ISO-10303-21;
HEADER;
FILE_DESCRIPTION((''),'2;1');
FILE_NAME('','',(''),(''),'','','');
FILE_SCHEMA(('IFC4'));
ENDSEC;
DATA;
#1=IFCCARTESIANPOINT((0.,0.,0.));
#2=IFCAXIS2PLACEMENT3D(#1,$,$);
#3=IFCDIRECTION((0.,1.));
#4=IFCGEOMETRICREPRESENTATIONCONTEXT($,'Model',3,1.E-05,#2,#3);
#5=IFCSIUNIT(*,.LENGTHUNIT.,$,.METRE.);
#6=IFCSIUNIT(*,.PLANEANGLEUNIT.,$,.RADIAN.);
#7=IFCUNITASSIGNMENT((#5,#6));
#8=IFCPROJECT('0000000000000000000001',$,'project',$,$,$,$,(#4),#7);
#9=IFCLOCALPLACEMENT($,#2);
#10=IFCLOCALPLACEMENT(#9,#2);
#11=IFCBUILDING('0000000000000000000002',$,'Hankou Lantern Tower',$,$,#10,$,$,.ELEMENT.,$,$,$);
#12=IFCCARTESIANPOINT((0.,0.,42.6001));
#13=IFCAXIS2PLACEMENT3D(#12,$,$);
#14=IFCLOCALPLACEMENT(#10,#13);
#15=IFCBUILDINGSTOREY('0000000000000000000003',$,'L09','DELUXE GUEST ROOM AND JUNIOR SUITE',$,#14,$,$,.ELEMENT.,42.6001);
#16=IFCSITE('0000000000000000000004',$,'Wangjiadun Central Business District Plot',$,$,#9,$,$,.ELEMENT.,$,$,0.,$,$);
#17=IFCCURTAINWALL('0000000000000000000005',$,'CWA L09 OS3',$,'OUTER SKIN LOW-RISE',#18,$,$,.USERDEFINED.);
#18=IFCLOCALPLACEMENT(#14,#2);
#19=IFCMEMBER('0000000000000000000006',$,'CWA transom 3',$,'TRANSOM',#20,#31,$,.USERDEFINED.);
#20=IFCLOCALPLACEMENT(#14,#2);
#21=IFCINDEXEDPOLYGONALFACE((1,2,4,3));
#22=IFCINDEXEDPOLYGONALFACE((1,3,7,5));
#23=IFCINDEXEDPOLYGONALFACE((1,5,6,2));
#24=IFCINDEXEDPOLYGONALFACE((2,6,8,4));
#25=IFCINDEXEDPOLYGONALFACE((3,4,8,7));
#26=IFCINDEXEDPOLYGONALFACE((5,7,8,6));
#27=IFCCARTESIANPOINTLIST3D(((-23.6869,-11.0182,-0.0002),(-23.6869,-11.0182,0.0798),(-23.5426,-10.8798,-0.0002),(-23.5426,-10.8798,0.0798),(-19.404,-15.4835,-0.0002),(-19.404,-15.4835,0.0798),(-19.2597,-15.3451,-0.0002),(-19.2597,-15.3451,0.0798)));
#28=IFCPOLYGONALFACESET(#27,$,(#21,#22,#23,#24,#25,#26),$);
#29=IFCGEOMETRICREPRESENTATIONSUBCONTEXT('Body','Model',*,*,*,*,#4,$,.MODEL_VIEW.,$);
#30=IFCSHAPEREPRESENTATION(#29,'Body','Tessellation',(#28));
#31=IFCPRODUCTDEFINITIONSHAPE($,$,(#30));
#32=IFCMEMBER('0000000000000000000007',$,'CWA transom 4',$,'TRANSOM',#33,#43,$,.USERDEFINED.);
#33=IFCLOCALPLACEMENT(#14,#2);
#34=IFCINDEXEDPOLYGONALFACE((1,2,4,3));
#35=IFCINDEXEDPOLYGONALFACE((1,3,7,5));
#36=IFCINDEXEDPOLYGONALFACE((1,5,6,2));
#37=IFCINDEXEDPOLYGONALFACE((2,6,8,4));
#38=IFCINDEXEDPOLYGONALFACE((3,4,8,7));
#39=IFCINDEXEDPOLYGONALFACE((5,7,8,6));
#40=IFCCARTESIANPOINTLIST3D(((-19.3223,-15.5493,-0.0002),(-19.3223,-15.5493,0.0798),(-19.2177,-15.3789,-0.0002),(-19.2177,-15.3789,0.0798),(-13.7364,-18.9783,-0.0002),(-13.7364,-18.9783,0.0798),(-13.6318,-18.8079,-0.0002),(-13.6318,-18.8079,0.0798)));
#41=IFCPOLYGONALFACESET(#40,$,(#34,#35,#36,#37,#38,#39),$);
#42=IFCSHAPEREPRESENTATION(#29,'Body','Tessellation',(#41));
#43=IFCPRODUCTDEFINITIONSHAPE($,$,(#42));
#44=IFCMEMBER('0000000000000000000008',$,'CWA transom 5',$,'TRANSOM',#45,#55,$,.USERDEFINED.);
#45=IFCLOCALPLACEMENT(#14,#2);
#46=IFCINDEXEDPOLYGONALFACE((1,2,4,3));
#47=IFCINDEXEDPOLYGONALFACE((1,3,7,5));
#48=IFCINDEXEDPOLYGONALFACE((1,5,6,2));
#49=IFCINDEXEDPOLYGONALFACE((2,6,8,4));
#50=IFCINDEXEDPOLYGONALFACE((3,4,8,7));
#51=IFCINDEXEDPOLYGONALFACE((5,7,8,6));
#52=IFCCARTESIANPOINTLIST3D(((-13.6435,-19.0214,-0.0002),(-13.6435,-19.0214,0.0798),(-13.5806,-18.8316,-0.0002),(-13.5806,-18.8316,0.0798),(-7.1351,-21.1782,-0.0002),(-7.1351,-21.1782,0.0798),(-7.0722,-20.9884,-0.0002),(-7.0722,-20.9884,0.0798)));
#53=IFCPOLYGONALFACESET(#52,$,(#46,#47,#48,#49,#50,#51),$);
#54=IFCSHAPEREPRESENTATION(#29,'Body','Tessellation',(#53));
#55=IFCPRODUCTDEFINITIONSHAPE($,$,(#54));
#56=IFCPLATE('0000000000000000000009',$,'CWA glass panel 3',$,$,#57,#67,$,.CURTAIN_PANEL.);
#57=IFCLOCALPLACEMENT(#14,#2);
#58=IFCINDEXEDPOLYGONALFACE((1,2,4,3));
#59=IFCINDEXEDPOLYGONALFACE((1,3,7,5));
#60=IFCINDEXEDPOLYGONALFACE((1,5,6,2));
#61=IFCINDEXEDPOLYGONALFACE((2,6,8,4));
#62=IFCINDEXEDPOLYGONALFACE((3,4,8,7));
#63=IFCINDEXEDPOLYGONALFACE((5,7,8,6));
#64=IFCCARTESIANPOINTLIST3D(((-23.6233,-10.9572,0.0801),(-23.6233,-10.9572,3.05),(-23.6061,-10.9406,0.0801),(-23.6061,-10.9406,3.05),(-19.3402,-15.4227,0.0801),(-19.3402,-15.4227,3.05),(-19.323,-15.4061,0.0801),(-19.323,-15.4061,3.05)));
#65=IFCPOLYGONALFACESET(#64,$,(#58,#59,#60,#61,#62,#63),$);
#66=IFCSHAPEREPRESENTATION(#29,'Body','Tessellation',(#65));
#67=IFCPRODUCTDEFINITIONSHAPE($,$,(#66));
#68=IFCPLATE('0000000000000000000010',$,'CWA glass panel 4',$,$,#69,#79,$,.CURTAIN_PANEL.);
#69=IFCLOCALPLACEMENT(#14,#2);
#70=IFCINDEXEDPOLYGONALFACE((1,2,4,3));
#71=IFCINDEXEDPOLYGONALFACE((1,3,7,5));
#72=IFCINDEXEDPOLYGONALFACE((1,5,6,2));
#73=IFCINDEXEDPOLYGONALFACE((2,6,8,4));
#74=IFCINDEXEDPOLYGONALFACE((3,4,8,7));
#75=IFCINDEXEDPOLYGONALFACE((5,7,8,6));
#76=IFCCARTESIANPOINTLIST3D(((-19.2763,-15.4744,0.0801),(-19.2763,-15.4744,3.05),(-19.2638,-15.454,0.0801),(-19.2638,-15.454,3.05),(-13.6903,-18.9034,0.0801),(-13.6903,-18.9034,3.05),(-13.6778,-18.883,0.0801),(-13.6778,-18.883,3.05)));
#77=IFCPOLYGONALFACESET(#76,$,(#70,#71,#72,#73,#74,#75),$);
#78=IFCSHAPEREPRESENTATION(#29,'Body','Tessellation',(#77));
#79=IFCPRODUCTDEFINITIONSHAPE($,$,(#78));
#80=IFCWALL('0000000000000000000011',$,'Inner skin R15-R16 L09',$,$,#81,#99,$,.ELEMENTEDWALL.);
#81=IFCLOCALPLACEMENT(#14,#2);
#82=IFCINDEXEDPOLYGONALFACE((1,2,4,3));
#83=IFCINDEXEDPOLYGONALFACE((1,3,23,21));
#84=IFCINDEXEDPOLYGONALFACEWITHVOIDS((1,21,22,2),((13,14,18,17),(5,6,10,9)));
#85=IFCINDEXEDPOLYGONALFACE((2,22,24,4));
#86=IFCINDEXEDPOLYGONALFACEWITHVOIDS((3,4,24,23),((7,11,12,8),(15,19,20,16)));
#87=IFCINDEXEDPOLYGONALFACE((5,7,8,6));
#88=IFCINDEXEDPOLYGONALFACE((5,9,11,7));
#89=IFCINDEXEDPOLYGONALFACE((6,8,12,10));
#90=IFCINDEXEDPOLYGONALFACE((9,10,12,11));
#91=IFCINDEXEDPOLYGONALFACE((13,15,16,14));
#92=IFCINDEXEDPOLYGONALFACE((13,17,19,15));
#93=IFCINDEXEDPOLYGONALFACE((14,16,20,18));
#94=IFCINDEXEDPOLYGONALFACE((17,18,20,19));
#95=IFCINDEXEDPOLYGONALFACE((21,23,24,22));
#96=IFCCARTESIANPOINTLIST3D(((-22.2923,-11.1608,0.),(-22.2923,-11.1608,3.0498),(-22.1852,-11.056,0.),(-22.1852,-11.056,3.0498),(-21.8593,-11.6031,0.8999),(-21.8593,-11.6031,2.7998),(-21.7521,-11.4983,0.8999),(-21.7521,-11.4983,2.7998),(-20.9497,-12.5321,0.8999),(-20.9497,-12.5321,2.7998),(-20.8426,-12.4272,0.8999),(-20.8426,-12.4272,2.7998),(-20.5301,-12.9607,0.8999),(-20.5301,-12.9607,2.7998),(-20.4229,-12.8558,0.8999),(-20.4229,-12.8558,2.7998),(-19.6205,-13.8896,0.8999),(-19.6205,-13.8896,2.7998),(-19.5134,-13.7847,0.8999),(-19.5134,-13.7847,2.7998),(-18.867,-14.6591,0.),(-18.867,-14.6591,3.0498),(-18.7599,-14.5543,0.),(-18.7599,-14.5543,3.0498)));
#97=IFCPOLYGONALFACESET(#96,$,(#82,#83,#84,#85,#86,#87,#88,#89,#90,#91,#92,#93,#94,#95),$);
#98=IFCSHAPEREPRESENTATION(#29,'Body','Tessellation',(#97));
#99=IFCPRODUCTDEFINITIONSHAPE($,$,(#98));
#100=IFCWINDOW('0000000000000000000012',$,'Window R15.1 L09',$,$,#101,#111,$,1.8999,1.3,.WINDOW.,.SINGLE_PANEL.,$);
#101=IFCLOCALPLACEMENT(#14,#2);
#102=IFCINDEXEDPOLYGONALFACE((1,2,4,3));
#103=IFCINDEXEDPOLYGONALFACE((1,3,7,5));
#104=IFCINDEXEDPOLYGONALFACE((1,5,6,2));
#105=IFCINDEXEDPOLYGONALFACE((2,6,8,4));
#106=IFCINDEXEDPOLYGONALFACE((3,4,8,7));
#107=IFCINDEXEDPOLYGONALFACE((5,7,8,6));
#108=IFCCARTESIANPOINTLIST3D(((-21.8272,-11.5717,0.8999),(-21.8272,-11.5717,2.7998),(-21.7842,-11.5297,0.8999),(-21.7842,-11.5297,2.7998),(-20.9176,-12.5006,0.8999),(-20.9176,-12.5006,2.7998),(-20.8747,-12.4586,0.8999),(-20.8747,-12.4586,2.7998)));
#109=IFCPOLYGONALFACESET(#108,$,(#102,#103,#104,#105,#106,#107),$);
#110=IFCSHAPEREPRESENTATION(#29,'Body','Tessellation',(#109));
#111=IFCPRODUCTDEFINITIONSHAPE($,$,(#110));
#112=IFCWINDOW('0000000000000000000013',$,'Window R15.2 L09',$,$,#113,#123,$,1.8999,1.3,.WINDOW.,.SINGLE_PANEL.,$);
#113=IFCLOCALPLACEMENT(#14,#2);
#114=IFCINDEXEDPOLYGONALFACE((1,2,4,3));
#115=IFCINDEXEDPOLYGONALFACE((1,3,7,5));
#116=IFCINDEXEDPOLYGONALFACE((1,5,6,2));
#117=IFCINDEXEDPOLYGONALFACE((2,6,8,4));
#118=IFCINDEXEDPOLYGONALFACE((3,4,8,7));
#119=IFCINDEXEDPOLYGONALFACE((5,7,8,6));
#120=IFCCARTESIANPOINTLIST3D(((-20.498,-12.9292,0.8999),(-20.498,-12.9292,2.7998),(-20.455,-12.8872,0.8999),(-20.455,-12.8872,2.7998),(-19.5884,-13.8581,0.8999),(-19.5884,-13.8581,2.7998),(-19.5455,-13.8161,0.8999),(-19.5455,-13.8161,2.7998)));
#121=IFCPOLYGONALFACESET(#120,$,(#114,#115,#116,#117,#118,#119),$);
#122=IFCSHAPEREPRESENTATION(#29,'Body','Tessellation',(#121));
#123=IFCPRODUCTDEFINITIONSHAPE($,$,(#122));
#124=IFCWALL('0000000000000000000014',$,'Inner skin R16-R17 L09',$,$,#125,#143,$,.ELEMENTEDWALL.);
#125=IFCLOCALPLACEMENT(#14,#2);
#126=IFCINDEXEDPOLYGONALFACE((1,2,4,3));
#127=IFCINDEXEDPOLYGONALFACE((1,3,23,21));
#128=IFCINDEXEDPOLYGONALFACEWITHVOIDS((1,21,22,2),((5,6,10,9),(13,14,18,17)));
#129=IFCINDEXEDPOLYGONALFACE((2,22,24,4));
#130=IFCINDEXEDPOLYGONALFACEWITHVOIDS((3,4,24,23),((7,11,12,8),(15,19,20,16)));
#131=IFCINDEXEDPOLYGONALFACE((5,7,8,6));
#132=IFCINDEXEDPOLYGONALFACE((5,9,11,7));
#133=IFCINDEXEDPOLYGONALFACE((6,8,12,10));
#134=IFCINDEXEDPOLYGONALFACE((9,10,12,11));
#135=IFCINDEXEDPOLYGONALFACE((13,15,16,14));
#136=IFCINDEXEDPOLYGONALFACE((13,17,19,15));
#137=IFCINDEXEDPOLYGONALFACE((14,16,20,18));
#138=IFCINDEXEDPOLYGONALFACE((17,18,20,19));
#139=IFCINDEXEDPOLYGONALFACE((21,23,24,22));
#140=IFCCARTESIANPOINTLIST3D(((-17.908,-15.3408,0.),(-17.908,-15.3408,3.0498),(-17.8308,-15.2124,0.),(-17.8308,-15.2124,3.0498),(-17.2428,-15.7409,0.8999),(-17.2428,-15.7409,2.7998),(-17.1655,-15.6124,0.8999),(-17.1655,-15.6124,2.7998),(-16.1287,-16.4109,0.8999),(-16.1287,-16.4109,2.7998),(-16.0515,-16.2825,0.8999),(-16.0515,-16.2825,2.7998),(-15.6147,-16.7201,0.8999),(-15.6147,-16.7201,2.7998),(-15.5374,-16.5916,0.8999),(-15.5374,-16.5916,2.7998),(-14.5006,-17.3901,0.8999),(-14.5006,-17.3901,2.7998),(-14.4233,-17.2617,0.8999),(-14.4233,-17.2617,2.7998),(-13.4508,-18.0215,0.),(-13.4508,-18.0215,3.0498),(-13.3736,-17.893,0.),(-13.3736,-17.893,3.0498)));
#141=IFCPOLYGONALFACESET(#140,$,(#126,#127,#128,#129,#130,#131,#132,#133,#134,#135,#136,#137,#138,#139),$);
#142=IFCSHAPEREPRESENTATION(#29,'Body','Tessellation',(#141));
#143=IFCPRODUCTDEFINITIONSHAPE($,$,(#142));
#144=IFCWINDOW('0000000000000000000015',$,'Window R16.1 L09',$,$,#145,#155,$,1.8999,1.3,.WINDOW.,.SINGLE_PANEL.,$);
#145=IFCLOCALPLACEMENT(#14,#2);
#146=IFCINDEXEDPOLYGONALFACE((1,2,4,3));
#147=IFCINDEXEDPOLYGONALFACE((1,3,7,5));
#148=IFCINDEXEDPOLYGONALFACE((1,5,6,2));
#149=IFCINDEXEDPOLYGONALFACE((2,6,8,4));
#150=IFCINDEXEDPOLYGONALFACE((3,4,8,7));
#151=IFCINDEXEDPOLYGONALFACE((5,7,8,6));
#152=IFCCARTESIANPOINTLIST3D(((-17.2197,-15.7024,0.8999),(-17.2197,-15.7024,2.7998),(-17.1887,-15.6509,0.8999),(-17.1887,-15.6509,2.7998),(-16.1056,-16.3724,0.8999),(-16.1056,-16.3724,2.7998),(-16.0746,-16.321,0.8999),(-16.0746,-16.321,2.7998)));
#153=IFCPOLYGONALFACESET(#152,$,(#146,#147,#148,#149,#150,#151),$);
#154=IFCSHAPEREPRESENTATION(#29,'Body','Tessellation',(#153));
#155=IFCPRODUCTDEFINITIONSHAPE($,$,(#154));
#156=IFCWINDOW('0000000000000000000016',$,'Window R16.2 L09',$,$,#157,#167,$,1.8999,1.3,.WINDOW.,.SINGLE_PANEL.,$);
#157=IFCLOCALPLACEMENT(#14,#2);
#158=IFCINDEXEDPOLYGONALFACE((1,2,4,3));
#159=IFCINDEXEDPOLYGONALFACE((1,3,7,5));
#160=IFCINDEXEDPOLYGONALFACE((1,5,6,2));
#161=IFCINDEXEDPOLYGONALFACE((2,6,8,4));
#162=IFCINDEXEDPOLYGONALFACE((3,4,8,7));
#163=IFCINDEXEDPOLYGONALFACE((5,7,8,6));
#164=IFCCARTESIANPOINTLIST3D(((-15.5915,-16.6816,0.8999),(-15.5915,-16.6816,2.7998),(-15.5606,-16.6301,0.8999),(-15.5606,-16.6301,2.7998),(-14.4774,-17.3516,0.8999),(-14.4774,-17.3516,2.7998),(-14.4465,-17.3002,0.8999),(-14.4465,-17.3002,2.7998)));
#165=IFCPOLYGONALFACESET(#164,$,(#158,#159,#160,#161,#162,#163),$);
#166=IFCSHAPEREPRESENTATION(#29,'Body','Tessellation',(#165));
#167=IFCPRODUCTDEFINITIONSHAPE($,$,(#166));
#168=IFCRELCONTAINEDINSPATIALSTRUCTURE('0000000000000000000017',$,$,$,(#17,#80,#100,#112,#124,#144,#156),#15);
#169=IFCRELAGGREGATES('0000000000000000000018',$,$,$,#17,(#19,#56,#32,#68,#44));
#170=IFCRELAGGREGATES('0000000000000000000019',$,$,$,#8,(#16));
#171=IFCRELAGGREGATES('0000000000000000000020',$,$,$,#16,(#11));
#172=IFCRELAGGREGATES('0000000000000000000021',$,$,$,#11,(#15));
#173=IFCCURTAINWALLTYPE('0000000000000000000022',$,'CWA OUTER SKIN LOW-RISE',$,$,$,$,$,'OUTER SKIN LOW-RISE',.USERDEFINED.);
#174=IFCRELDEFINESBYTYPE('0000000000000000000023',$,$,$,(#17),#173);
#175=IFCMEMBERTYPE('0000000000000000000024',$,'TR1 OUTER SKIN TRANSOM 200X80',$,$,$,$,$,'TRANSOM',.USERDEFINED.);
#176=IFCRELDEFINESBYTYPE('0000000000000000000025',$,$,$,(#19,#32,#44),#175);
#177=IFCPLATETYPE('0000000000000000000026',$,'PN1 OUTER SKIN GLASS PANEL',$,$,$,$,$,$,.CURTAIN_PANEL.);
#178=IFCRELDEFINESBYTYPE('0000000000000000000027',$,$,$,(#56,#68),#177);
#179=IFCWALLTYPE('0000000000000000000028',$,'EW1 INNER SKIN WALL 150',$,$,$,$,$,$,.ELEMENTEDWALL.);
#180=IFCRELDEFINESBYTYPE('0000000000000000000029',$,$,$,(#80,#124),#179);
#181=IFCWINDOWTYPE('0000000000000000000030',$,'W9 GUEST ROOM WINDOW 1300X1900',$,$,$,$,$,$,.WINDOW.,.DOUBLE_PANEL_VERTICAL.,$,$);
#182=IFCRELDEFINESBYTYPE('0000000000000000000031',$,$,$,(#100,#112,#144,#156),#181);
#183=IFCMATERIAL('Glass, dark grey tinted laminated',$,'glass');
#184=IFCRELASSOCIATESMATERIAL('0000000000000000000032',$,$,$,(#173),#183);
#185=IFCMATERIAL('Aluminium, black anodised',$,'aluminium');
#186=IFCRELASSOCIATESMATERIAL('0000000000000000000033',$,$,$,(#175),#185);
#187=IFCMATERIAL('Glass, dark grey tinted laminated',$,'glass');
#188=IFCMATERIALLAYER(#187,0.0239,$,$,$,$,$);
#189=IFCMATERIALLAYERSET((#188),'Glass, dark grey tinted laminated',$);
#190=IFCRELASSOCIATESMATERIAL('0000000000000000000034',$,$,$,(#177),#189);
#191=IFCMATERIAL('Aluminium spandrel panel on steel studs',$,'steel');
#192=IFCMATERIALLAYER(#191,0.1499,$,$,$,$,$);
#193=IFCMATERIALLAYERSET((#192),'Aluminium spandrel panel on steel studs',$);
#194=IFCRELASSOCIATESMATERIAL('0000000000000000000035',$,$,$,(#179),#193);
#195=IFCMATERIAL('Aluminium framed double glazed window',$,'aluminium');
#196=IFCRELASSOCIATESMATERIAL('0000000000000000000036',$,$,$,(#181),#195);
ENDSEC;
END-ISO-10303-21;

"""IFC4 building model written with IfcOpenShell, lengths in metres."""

from ifc_helpers import new_model, si_unit, direction, frame, frame_2d, origin, origin_2d, place, context, subcontext, project, spatial, rectangle, extrude, material, layer, layer_set, material_profile, profile_set, type_object, element, fill, aggregate, save


model = new_model("IFC4")

# Units and contexts
model_context = context("Model", 3, precision=1e-05, world=origin(), true_north=direction((0.0, 1.0)))
body_context = subcontext(model_context, "Body", "Model", "MODEL_VIEW")
ifc_project = project(units=[si_unit("LENGTHUNIT", "METRE"), si_unit("PLANEANGLEUNIT", "RADIAN")], contexts=[model_context])

# Site, building, storey
site_placement = place(None, origin())
site = spatial("IfcSite", under=ifc_project, at=site_placement, Name="Wangjiadun Central Business District Plot", CompositionType="ELEMENT", RefElevation=0.0)
building_placement = place(site_placement, origin())
building = spatial("IfcBuilding", under=site, at=building_placement, Name="Hankou Lantern Tower", CompositionType="ELEMENT")
storey_placement = place(building_placement, frame((0.0, 0.0, 42.6001)))
storey = spatial("IfcBuildingStorey", under=building, at=storey_placement, Name="L09", Description="DELUXE GUEST ROOM AND JUNIOR SUITE", CompositionType="ELEMENT", Elevation=42.6001)

# Curtain wall
ifc_material_1 = material(Name="Glass, dark grey tinted laminated", Category="glass")
curtain_wall_type = type_object("IfcCurtainWallType", Name="CWA OUTER SKIN LOW-RISE", ElementType="OUTER SKIN LOW-RISE", PredefinedType="USERDEFINED", material=ifc_material_1)
curtain_wall_placement = place(storey_placement, origin())
curtain_wall = element("IfcCurtainWall", 1, at=curtain_wall_placement, inside=storey, type_object=curtain_wall_type, Name="CWA L09 OS3", ObjectType="OUTER SKIN LOW-RISE", PredefinedType="USERDEFINED")

# Members
ifc_material_2 = material(Name="Aluminium, black anodised", Category="aluminium")
ifc_material_profile_1 = material_profile(ifc_material_2, rectangle(XDim=0.2, YDim=0.0801, at=origin_2d()), Name="TR1 200X80")
ifc_profile_set_1 = profile_set([ifc_material_profile_1], Name="Aluminium, black anodised")
member_type_1 = type_object("IfcMemberType", Name="TR1 OUTER SKIN TRANSOM 200X80", ElementType="TRANSOM", PredefinedType="USERDEFINED", material=ifc_profile_set_1)
member_1_placement = place(storey_placement, frame((-23.6147, -10.949, 0.0398), z_axis=(0.692216, -0.721691, 0.0), x_axis=(0.721691, 0.692216, 0.0)))
member_1 = element("IfcMember", 2, at=member_1_placement, type_object=member_type_1, Name="CWA transom 3", ObjectType="TRANSOM", PredefinedType="USERDEFINED", context=body_context, shape_type="SweptSolid", body=[
    extrude(rectangle(XDim=0.2, YDim=0.0801, at=origin_2d()), origin(), (0.0, 0.0, 1.0), 6.1873),
])
member_2_placement = place(storey_placement, frame((-19.27, -15.4641, 0.0398), z_axis=(0.85224, -0.523152, 0.0), x_axis=(0.523152, 0.85224, 0.0)))
member_2 = element("IfcMember", 3, at=member_2_placement, type_object=member_type_1, Name="CWA transom 4", ObjectType="TRANSOM", PredefinedType="USERDEFINED", context=body_context, shape_type="SweptSolid", body=[
    extrude(rectangle(XDim=0.2, YDim=0.0801, at=origin_2d()), origin(), (0.0, 0.0, 1.0), 6.5544),
])
member_3_placement = place(storey_placement, frame((-13.6121, -18.9265, 0.0398), z_axis=(0.949237, -0.314561, 0.0), x_axis=(0.314561, 0.949237, 0.0)))
member_3 = element("IfcMember", 4, at=member_3_placement, type_object=member_type_1, Name="CWA transom 5", ObjectType="TRANSOM", PredefinedType="USERDEFINED", context=body_context, shape_type="SweptSolid", body=[
    extrude(rectangle(XDim=0.2, YDim=0.0801, at=origin_2d()), origin(), (0.0, 0.0, 1.0), 6.8564),
])

# Plates
ifc_material_3 = material(Name="Glass, dark grey tinted laminated", Category="glass")
ifc_layer_1 = layer(ifc_material_3, 0.0239)
ifc_layer_set_1 = layer_set([ifc_layer_1], Name="Glass, dark grey tinted laminated")
plate_type = type_object("IfcPlateType", Name="PN1 OUTER SKIN GLASS PANEL", PredefinedType="CURTAIN_PANEL", material=ifc_layer_set_1)
plate_1_placement = place(storey_placement, frame((-21.4731, -13.1816, 0.0801), z_axis=(0.0, 0.0, 1.0), x_axis=(0.692216, -0.721691, 0.0)))
plate_1 = element("IfcPlate", 5, at=plate_1_placement, type_object=plate_type, Name="CWA glass panel 3", PredefinedType="CURTAIN_PANEL", context=body_context, shape_type="SweptSolid", body=[
    extrude(rectangle(XDim=6.1875, YDim=0.0239, at=origin_2d()), origin(), (0.0, 0.0, 1.0), 2.97),
])
plate_2_placement = place(storey_placement, frame((-16.4771, -17.1787, 0.0801), z_axis=(0.0, 0.0, 1.0), x_axis=(0.852237, -0.523156, 0.0)))
plate_2 = element("IfcPlate", 6, at=plate_2_placement, type_object=plate_type, Name="CWA glass panel 4", PredefinedType="CURTAIN_PANEL", context=body_context, shape_type="SweptSolid", body=[
    extrude(rectangle(XDim=6.5544, YDim=0.0239, at=origin_2d()), origin(), (0.0, 0.0, 1.0), 2.97),
])
aggregate(curtain_wall, [member_1, plate_1, member_2, plate_2, member_3])

# Walls, openings, windows
ifc_material_4 = material(Name="Aluminium spandrel panel on steel studs", Category="steel")
ifc_layer_2 = layer(ifc_material_4, 0.1499)
ifc_layer_set_2 = layer_set([ifc_layer_2], Name="Aluminium spandrel panel on steel studs")
wall_type_1 = type_object("IfcWallType", Name="EW1 INNER SKIN WALL 150", PredefinedType="ELEMENTEDWALL", material=ifc_layer_set_2)
wall_1_placement = place(storey_placement, frame((-22.2388, -11.1084, 0.0), z_axis=(0.0, 0.0, 1.0), x_axis=(0.699613, -0.714522, 0.0)))
wall_1 = element("IfcWall", 7, at=wall_1_placement, inside=storey, type_object=wall_type_1, Name="Inner skin R15-R16 L09", PredefinedType="ELEMENTEDWALL", context=body_context, shape_type="SweptSolid", body=[
    extrude(rectangle(XDim=4.896, YDim=0.1499, at=frame_2d((2.448, 0.0))), origin(), (0.0, 0.0, 1.0), 3.0498),
])
opening_1_placement = place(wall_1_placement, frame((0.6191, 0.0, 0.8999)))
opening_1 = element("IfcOpeningElement", 8, at=opening_1_placement, cuts=wall_1, PredefinedType="OPENING", context=body_context, shape_type="SweptSolid", body=[
    extrude(rectangle(XDim=1.3, YDim=1.8999, at=frame_2d((0.6499, 0.95))), frame((0.0, 0.085, 0.0), z_axis=(0.0, -1.0, 0.0), x_axis=(1.0, 0.0, 0.0)), (0.0, 0.0, 1.0), 0.1699),
])
opening_2_placement = place(wall_1_placement, frame((2.519, 0.0, 0.8999)))
opening_2 = element("IfcOpeningElement", 9, at=opening_2_placement, cuts=wall_1, PredefinedType="OPENING", context=body_context, shape_type="SweptSolid", body=[
    extrude(rectangle(XDim=1.3, YDim=1.8999, at=frame_2d((0.6499, 0.95))), frame((0.0, 0.085, 0.0), z_axis=(0.0, -1.0, 0.0), x_axis=(1.0, 0.0, 0.0)), (0.0, 0.0, 1.0), 0.1699),
])
ifc_material_5 = material(Name="Aluminium framed double glazed window", Category="aluminium")
window_type = type_object("IfcWindowType", Name="W9 GUEST ROOM WINDOW 1300X1900", PartitioningType="DOUBLE_PANEL_VERTICAL", PredefinedType="WINDOW", material=ifc_material_5)
window_1_placement = place(opening_1_placement, origin())
window_1 = element("IfcWindow", 10, at=window_1_placement, inside=storey, type_object=window_type, Name="Window R15.1 L09", OverallHeight=1.8999, OverallWidth=1.3, PartitioningType="SINGLE_PANEL", PredefinedType="WINDOW", context=body_context, shape_type="SweptSolid", body=[
    extrude(rectangle(XDim=1.3, YDim=1.8999, at=frame_2d((0.6499, 0.95))), frame((0.0, 0.03, 0.0), z_axis=(0.0, -1.0, 0.0), x_axis=(1.0, 0.0, 0.0)), (0.0, 0.0, 1.0), 0.0601),
])
fill(opening_1, window_1)
window_2_placement = place(opening_2_placement, origin())
window_2 = element("IfcWindow", 11, at=window_2_placement, inside=storey, type_object=window_type, Name="Window R15.2 L09", OverallHeight=1.8999, OverallWidth=1.3, PartitioningType="SINGLE_PANEL", PredefinedType="WINDOW", context=body_context, shape_type="SweptSolid", body=[
    extrude(rectangle(XDim=1.3, YDim=1.8999, at=frame_2d((0.6499, 0.95))), frame((0.0, 0.03, 0.0), z_axis=(0.0, -1.0, 0.0), x_axis=(1.0, 0.0, 0.0)), (0.0, 0.0, 1.0), 0.0601),
])
fill(opening_2, window_2)
wall_2_placement = place(storey_placement, frame((-17.8694, -15.2766, 0.0), z_axis=(0.0, 0.0, 1.0), x_axis=(0.856958, -0.515386, 0.0)))
wall_2 = element("IfcWall", 12, at=wall_2_placement, inside=storey, type_object=wall_type_1, Name="Inner skin R16-R17 L09", PredefinedType="ELEMENTEDWALL", context=body_context, shape_type="SweptSolid", body=[
    extrude(rectangle(XDim=5.2012, YDim=0.1499, at=frame_2d((2.6006, 0.0))), origin(), (0.0, 0.0, 1.0), 3.0498),
])
opening_3_placement = place(wall_2_placement, frame((0.7764, 0.0, 0.8999)))
opening_3 = element("IfcOpeningElement", 13, at=opening_3_placement, cuts=wall_2, PredefinedType="OPENING", context=body_context, shape_type="SweptSolid", body=[
    extrude(rectangle(XDim=1.3, YDim=1.8999, at=frame_2d((0.6499, 0.95))), frame((0.0, 0.085, 0.0), z_axis=(0.0, -1.0, 0.0), x_axis=(1.0, 0.0, 0.0)), (0.0, 0.0, 1.0), 0.1699),
])
opening_4_placement = place(wall_2_placement, frame((2.6763, 0.0, 0.8999)))
opening_4 = element("IfcOpeningElement", 14, at=opening_4_placement, cuts=wall_2, PredefinedType="OPENING", context=body_context, shape_type="SweptSolid", body=[
    extrude(rectangle(XDim=1.3, YDim=1.8999, at=frame_2d((0.6499, 0.95))), frame((0.0, 0.085, 0.0), z_axis=(0.0, -1.0, 0.0), x_axis=(1.0, 0.0, 0.0)), (0.0, 0.0, 1.0), 0.1699),
])
window_3_placement = place(opening_3_placement, origin())
window_3 = element("IfcWindow", 15, at=window_3_placement, inside=storey, type_object=window_type, Name="Window R16.1 L09", OverallHeight=1.8999, OverallWidth=1.3, PartitioningType="SINGLE_PANEL", PredefinedType="WINDOW", context=body_context, shape_type="SweptSolid", body=[
    extrude(rectangle(XDim=1.3, YDim=1.8999, at=frame_2d((0.6499, 0.95))), frame((0.0, 0.03, 0.0), z_axis=(0.0, -1.0, 0.0), x_axis=(1.0, 0.0, 0.0)), (0.0, 0.0, 1.0), 0.0601),
])
fill(opening_3, window_3)
window_4_placement = place(opening_4_placement, origin())
window_4 = element("IfcWindow", 16, at=window_4_placement, inside=storey, type_object=window_type, Name="Window R16.2 L09", OverallHeight=1.8999, OverallWidth=1.3, PartitioningType="SINGLE_PANEL", PredefinedType="WINDOW", context=body_context, shape_type="SweptSolid", body=[
    extrude(rectangle(XDim=1.3, YDim=1.8999, at=frame_2d((0.6499, 0.95))), frame((0.0, 0.03, 0.0), z_axis=(0.0, -1.0, 0.0), x_axis=(1.0, 0.0, 0.0)), (0.0, 0.0, 1.0), 0.0601),
])
fill(opening_4, window_4)

save(model, "model.ifc")
